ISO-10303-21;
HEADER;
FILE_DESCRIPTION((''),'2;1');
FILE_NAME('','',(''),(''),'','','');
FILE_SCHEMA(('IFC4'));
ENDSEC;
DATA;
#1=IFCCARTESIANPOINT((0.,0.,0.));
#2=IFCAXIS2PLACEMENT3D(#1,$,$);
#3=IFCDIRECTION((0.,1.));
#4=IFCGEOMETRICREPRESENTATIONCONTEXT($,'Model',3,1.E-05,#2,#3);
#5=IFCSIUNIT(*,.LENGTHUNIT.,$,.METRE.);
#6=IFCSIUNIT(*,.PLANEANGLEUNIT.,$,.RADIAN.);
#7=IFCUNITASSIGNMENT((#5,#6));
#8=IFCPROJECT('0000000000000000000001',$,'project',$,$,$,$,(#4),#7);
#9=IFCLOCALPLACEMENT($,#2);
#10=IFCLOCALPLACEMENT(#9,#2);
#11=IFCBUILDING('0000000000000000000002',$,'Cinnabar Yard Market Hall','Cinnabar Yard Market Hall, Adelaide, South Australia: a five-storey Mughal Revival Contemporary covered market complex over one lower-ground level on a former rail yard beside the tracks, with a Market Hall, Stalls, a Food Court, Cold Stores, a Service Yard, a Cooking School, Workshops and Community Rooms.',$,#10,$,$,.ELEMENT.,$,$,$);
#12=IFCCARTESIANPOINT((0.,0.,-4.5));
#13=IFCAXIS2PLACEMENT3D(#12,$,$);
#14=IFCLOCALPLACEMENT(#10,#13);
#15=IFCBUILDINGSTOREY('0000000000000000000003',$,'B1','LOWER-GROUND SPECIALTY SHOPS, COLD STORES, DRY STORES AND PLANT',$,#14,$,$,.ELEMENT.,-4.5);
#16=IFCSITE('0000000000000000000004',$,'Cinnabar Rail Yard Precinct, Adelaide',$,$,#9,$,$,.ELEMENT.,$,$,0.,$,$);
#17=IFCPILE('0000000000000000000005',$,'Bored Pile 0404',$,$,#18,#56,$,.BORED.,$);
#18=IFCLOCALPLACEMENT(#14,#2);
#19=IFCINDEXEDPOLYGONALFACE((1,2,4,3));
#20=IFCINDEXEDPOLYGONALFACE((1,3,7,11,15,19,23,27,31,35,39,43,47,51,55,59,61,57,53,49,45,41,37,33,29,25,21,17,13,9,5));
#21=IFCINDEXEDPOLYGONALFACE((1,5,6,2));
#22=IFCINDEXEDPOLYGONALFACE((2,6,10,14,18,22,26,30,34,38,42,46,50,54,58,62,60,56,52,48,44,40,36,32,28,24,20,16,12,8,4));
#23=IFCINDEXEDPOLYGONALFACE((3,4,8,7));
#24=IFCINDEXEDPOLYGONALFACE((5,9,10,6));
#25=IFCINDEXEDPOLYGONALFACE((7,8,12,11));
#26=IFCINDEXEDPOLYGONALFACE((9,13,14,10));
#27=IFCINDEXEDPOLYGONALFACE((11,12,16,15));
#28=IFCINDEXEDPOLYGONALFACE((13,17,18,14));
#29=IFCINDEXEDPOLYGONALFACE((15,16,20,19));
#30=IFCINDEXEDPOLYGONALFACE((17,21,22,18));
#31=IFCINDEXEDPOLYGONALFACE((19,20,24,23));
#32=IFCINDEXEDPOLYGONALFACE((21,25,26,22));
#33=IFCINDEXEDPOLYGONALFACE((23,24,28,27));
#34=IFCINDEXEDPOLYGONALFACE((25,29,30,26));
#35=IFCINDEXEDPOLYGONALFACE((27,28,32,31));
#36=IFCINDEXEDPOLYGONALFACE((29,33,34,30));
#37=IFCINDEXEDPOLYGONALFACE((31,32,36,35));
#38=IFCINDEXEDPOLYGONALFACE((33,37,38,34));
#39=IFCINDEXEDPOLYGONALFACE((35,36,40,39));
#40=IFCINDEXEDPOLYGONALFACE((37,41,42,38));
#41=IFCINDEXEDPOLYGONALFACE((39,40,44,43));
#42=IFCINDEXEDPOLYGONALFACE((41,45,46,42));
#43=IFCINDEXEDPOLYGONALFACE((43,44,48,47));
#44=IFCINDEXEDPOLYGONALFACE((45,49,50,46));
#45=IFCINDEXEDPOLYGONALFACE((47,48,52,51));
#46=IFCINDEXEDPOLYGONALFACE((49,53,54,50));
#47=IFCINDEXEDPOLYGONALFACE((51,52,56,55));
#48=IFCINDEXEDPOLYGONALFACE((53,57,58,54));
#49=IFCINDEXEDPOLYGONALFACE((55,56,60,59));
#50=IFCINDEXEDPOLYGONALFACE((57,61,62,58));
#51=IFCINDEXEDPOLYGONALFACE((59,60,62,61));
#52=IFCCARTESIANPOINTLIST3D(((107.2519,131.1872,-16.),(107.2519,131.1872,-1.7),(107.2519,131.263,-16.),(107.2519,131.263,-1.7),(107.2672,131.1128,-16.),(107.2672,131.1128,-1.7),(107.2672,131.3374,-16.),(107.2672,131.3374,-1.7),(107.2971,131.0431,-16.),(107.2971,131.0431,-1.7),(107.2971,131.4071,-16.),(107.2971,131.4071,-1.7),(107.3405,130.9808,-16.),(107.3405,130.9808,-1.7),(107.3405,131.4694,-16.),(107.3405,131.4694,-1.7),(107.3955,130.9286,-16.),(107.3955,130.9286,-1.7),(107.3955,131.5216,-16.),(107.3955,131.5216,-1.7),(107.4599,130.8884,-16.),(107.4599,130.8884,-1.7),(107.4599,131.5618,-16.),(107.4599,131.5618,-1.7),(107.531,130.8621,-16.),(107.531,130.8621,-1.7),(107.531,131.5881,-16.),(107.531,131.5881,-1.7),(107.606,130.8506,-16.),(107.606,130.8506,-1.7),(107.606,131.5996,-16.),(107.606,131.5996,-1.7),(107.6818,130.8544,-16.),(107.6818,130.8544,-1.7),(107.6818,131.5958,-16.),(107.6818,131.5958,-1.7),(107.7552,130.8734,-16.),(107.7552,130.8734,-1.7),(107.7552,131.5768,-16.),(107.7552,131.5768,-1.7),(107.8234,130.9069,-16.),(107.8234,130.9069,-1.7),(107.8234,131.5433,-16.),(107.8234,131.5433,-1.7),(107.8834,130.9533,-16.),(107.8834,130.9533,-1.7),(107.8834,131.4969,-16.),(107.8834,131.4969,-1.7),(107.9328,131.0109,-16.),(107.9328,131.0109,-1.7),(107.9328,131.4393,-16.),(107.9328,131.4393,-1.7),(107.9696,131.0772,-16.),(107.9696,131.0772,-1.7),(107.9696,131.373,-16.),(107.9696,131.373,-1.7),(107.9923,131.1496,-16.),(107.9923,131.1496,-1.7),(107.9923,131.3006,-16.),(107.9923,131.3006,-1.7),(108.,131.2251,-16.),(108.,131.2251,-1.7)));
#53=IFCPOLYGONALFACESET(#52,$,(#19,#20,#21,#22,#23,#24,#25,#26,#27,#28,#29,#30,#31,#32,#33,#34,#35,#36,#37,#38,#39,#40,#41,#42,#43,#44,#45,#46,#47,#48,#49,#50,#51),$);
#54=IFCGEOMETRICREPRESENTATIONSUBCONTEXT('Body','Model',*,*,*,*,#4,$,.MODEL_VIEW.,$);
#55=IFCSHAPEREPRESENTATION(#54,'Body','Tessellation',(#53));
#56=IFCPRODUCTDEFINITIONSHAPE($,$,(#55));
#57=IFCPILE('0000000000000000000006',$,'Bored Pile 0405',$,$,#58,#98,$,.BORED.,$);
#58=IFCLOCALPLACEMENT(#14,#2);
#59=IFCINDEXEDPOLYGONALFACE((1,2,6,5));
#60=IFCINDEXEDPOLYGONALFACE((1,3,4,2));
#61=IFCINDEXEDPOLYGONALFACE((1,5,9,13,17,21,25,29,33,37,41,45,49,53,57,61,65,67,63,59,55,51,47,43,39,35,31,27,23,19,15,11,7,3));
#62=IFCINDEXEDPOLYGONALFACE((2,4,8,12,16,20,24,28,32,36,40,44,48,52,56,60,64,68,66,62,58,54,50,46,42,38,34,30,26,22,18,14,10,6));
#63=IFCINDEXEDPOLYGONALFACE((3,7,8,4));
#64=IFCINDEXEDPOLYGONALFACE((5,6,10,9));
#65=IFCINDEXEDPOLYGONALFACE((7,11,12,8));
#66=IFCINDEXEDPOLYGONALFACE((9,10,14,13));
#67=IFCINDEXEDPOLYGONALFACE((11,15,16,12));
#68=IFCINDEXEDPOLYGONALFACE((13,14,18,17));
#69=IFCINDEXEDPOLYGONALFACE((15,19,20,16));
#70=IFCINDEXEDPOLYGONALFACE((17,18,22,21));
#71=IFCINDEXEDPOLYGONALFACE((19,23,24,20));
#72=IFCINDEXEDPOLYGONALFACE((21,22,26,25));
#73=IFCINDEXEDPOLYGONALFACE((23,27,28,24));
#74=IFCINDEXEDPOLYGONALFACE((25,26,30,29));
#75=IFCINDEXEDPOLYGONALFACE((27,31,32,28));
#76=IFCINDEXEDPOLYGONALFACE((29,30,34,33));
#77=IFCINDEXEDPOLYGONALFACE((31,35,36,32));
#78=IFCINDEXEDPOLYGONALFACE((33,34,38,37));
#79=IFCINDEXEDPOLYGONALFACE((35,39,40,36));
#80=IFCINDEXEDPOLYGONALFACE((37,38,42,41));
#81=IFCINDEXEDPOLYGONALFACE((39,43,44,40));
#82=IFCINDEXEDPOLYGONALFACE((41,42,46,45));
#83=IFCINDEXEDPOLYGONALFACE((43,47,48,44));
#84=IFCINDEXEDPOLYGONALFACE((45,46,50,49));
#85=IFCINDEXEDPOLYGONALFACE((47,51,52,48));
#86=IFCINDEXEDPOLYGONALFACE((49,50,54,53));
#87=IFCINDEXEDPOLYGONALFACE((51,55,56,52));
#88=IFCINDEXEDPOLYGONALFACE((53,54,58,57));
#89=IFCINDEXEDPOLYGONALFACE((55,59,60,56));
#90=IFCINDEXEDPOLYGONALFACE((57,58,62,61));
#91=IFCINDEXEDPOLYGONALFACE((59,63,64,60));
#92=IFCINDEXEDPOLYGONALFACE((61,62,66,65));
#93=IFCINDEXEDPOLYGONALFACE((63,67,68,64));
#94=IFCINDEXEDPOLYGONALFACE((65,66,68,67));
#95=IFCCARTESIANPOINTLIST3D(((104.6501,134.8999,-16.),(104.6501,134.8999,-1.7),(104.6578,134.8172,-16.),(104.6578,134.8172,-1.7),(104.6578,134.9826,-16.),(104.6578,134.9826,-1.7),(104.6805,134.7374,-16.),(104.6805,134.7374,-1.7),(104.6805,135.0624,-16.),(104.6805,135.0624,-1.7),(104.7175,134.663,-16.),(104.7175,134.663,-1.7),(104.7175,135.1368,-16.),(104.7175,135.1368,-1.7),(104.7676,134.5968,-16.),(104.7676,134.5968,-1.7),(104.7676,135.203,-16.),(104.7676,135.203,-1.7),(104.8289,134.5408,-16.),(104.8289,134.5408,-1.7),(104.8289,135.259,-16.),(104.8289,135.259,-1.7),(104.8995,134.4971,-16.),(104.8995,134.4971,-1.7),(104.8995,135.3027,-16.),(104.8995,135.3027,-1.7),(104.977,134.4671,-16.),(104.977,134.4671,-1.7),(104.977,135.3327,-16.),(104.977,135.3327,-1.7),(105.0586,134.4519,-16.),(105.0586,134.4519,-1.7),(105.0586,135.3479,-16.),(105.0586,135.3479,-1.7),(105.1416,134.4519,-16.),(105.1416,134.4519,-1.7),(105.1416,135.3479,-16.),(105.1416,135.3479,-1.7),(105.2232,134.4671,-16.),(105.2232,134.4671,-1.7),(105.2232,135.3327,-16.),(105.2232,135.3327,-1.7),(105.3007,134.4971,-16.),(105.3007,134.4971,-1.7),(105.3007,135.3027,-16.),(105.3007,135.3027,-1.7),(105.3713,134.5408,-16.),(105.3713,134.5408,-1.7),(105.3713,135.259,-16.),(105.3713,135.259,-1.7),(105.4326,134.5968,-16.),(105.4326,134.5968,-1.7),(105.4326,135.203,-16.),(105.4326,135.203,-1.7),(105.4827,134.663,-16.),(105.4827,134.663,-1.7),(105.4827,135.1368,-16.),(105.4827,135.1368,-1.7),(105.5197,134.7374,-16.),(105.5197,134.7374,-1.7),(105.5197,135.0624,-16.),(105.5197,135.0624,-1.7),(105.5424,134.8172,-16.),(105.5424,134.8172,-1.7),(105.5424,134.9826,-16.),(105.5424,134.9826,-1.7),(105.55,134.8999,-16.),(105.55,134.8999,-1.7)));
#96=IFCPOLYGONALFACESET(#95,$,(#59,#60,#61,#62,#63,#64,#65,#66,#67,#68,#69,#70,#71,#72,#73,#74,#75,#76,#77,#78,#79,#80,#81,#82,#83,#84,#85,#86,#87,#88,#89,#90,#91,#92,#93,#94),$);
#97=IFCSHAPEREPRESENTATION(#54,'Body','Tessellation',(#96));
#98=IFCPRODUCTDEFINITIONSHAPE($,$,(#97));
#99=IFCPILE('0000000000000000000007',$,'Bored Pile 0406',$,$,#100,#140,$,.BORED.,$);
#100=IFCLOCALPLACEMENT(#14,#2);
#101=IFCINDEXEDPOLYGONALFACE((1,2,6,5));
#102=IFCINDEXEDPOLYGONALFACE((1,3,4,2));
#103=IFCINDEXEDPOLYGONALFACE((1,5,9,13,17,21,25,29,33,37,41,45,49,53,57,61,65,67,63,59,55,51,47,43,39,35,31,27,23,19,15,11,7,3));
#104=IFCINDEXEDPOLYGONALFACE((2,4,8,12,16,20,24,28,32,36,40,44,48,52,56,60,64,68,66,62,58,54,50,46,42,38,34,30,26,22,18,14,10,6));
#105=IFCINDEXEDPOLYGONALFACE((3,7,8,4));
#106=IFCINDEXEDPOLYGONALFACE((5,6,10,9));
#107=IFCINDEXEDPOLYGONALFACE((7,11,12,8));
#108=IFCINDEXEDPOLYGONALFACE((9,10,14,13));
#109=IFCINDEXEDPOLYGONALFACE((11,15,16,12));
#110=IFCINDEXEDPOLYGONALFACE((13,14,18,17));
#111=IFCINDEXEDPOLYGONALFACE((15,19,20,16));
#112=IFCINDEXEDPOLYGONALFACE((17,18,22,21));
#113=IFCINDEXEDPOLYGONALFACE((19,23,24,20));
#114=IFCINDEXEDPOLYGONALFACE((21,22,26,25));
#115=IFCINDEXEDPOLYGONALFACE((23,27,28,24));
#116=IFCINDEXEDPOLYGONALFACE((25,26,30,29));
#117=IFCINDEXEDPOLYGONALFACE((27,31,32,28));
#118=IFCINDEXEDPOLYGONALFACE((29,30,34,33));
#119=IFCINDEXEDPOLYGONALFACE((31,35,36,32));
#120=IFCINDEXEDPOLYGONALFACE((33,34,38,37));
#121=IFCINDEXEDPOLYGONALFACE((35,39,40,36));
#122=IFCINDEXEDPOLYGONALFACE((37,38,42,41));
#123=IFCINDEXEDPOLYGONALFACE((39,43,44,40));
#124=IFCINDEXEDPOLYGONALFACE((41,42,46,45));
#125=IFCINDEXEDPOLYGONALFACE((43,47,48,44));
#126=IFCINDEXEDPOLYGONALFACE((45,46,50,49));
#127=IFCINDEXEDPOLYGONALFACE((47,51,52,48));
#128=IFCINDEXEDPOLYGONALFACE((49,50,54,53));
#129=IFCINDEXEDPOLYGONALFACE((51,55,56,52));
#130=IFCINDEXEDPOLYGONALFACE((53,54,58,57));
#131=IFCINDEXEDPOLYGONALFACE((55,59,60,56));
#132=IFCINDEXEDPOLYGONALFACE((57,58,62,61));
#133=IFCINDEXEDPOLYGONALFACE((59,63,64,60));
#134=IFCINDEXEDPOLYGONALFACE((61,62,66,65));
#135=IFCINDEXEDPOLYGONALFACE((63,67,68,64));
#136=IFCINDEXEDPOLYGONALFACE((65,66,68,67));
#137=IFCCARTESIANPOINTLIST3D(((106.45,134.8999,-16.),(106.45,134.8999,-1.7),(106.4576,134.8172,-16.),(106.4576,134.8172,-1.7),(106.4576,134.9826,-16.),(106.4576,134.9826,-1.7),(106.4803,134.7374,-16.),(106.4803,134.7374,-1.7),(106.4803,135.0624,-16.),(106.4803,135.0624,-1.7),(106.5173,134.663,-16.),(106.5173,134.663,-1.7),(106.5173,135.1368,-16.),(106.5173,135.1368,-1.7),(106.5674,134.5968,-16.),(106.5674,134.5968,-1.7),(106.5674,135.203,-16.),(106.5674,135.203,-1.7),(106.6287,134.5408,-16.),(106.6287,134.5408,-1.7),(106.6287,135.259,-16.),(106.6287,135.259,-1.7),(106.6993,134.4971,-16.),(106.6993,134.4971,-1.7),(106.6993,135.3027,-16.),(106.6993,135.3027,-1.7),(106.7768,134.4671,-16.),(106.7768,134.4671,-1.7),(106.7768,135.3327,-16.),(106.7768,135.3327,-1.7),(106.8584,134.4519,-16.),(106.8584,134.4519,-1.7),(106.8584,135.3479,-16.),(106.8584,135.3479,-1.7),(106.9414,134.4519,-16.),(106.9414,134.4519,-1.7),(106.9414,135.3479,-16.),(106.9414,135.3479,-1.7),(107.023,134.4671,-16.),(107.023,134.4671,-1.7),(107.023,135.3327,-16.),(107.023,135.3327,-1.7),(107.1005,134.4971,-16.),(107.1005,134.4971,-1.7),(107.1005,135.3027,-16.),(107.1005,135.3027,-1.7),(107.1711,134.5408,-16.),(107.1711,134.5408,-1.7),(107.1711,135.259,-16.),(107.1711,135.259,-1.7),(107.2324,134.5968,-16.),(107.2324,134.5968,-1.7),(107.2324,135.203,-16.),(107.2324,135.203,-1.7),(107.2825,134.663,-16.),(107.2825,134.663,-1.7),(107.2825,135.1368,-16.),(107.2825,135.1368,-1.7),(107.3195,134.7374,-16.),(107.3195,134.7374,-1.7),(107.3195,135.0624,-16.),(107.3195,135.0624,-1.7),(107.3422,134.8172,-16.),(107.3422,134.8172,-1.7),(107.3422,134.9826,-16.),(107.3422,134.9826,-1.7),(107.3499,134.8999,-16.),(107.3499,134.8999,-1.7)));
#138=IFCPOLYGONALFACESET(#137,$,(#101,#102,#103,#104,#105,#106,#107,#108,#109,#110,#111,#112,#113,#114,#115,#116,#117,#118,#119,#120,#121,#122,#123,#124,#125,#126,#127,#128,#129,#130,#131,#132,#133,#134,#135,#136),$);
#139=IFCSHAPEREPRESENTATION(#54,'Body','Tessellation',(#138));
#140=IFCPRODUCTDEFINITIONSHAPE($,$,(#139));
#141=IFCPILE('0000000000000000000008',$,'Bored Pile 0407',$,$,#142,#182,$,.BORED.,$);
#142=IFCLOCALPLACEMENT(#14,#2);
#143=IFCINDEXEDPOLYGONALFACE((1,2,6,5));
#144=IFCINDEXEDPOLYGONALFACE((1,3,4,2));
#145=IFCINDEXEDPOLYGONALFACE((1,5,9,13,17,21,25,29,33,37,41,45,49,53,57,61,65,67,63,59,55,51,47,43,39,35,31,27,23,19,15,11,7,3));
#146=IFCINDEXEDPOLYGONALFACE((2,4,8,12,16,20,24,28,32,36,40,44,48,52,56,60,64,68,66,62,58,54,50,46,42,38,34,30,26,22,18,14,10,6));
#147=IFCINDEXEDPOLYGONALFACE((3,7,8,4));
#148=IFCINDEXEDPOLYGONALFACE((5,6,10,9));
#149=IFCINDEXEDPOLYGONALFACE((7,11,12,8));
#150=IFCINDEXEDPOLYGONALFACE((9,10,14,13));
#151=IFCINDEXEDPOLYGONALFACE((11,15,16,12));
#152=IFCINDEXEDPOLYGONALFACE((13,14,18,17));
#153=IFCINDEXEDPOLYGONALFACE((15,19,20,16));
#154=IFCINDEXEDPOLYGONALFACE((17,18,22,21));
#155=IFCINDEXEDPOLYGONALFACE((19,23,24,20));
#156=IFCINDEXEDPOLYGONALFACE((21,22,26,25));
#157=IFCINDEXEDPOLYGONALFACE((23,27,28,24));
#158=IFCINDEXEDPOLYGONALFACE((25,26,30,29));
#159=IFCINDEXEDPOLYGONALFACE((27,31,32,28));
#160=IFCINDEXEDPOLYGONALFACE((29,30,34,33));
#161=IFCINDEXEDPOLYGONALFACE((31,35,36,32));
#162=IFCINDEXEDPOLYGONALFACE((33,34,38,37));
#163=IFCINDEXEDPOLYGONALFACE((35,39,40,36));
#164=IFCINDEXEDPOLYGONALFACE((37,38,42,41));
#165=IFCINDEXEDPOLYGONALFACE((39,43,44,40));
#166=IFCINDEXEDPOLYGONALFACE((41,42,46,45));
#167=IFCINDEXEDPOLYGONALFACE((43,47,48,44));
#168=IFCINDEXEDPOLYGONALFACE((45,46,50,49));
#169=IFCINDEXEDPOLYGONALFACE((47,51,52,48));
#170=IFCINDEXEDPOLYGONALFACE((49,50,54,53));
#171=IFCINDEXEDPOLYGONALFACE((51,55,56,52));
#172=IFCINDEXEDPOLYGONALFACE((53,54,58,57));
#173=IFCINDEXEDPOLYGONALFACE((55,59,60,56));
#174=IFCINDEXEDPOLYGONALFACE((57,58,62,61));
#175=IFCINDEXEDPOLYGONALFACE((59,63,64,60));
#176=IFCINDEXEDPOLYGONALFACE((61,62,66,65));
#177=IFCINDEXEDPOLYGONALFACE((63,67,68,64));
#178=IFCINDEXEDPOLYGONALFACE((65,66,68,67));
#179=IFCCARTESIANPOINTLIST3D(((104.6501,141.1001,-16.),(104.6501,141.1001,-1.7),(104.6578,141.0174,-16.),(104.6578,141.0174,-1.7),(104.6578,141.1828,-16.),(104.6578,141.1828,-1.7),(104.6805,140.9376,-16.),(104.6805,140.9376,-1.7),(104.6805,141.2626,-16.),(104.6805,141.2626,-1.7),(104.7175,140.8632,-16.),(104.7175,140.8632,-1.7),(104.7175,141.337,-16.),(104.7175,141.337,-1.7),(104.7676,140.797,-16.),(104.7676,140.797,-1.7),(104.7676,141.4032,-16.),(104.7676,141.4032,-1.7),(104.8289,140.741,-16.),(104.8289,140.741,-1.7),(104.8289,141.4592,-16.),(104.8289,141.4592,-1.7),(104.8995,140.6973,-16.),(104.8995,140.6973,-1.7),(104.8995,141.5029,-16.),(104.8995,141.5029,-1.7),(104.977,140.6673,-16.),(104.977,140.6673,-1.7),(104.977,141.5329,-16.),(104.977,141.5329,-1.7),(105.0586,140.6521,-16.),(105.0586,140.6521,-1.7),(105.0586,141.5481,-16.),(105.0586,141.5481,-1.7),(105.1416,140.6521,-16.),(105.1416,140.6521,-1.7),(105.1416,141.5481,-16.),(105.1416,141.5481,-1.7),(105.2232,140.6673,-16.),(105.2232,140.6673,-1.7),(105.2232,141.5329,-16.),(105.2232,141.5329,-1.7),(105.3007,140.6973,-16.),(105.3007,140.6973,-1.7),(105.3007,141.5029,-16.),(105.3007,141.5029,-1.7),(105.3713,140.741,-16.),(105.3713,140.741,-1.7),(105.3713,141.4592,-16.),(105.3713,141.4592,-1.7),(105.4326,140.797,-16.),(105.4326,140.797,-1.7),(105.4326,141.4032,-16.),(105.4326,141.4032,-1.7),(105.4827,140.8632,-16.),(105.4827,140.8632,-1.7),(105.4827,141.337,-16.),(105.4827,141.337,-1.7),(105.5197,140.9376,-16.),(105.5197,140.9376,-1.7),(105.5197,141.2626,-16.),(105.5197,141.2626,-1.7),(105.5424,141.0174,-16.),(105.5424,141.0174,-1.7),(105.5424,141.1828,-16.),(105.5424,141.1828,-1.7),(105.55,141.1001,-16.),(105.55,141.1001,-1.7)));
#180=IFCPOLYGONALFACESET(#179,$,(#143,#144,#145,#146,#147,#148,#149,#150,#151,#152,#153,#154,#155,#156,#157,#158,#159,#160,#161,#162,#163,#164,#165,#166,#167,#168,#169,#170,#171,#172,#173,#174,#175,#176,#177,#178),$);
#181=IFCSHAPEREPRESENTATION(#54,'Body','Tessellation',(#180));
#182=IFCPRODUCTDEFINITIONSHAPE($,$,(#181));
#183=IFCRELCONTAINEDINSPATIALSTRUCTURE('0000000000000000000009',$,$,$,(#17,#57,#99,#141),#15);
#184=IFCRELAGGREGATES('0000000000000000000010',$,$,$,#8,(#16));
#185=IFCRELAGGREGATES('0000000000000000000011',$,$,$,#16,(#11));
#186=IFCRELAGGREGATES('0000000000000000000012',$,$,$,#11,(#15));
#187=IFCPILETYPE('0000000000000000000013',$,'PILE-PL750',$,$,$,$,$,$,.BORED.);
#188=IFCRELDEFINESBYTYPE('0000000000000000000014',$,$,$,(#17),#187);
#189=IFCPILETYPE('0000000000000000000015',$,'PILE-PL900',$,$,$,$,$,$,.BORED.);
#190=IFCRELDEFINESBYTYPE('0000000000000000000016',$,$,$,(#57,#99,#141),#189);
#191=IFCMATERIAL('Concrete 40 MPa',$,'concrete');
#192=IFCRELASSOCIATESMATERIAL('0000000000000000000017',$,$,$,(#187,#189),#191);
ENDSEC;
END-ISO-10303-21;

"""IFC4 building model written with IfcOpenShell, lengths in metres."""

from ifc_helpers import new_model, si_unit, direction, frame, origin, origin_2d_with_axis, place, context, subcontext, project, spatial, circle, extrude, material, material_profile, profile_set, type_object, element, save


model = new_model("IFC4")

# Units and contexts
model_context = context("Model", 3, precision=1e-05, world=origin(), true_north=direction((0.0, 1.0)))
body_context = subcontext(model_context, "Body", "Model", "MODEL_VIEW")
ifc_project = project(units=[si_unit("LENGTHUNIT", "METRE"), si_unit("PLANEANGLEUNIT", "RADIAN")], contexts=[model_context])

# Site, building, storey
site_placement = place(None, origin())
site = spatial("IfcSite", under=ifc_project, at=site_placement, Name="Cinnabar Rail Yard Precinct, Adelaide", CompositionType="ELEMENT", RefElevation=0.0)
building_placement = place(site_placement, origin())
building = spatial("IfcBuilding", under=site, at=building_placement, Name="Cinnabar Yard Market Hall", Description="Cinnabar Yard Market Hall, Adelaide, South Australia: a five-storey Mughal Revival Contemporary covered market complex over one lower-ground level on a former rail yard beside the tracks, with a Market Hall, Stalls, a Food Court, Cold Stores, a Service Yard, a Cooking School, Workshops and Community Rooms.", CompositionType="ELEMENT")
storey_placement = place(building_placement, frame((0.0, 0.0, -4.5)))
storey = spatial("IfcBuildingStorey", under=building, at=storey_placement, Name="B1", Description="LOWER-GROUND SPECIALTY SHOPS, COLD STORES, DRY STORES AND PLANT", CompositionType="ELEMENT", Elevation=-4.5)

# Shared definitions
ifc_material_1 = material(Name="Concrete 40 MPa", Category="concrete")

# Piles
ifc_material_profile_1 = material_profile(ifc_material_1, circle(Radius=0.375, at=origin_2d_with_axis()), Name="PILE-D750")
ifc_profile_set_1 = profile_set([ifc_material_profile_1], Name="Concrete 40 MPa")
pile_type_1 = type_object("IfcPileType", Name="PILE-PL750", PredefinedType="BORED", material=ifc_profile_set_1)
pile_placement = place(storey_placement, frame((107.625, 131.2251, -1.7), z_axis=(0.0, 0.0, -1.0), x_axis=(1.0, 0.0, 0.0)))
element("IfcPile", 1, at=pile_placement, inside=storey, type_object=pile_type_1, Name="Bored Pile 0404", PredefinedType="BORED", context=body_context, shape_type="SweptSolid", body=[
    extrude(circle(Radius=0.375, at=origin_2d_with_axis()), origin(), (0.0, 0.0, 1.0), 14.3),
])
ifc_material_profile_2 = material_profile(ifc_material_1, circle(Radius=0.45, at=origin_2d_with_axis()), Name="PILE-D900")
ifc_profile_set_2 = profile_set([ifc_material_profile_2], Name="Concrete 40 MPa")
pile_type_2 = type_object("IfcPileType", Name="PILE-PL900", PredefinedType="BORED", material=ifc_profile_set_2)
for number, where, z_axis, x_axis, name in (
    (2, (105.1001, 134.8999, -1.7), (0.0, 0.0, -1.0), (1.0, 0.0, 0.0), "Bored Pile 0405"),
    (3, (106.8999, 134.8999, -1.7), (0.0, 0.0, -1.0), (1.0, 0.0, 0.0), "Bored Pile 0406"),
    (4, (105.1001, 141.1001, -1.7), (0.0, 0.0, -1.0), (1.0, 0.0, 0.0), "Bored Pile 0407"),
):
    element("IfcPile", number, at=place(storey_placement, frame(where, z_axis=z_axis, x_axis=x_axis)), inside=storey, type_object=pile_type_2, Name=name, PredefinedType="BORED", context=body_context, shape_type="SweptSolid", body=[
        extrude(circle(Radius=0.45, at=origin_2d_with_axis()), origin(), (0.0, 0.0, 1.0), 14.3),
    ])

save(model, "model.ifc")
